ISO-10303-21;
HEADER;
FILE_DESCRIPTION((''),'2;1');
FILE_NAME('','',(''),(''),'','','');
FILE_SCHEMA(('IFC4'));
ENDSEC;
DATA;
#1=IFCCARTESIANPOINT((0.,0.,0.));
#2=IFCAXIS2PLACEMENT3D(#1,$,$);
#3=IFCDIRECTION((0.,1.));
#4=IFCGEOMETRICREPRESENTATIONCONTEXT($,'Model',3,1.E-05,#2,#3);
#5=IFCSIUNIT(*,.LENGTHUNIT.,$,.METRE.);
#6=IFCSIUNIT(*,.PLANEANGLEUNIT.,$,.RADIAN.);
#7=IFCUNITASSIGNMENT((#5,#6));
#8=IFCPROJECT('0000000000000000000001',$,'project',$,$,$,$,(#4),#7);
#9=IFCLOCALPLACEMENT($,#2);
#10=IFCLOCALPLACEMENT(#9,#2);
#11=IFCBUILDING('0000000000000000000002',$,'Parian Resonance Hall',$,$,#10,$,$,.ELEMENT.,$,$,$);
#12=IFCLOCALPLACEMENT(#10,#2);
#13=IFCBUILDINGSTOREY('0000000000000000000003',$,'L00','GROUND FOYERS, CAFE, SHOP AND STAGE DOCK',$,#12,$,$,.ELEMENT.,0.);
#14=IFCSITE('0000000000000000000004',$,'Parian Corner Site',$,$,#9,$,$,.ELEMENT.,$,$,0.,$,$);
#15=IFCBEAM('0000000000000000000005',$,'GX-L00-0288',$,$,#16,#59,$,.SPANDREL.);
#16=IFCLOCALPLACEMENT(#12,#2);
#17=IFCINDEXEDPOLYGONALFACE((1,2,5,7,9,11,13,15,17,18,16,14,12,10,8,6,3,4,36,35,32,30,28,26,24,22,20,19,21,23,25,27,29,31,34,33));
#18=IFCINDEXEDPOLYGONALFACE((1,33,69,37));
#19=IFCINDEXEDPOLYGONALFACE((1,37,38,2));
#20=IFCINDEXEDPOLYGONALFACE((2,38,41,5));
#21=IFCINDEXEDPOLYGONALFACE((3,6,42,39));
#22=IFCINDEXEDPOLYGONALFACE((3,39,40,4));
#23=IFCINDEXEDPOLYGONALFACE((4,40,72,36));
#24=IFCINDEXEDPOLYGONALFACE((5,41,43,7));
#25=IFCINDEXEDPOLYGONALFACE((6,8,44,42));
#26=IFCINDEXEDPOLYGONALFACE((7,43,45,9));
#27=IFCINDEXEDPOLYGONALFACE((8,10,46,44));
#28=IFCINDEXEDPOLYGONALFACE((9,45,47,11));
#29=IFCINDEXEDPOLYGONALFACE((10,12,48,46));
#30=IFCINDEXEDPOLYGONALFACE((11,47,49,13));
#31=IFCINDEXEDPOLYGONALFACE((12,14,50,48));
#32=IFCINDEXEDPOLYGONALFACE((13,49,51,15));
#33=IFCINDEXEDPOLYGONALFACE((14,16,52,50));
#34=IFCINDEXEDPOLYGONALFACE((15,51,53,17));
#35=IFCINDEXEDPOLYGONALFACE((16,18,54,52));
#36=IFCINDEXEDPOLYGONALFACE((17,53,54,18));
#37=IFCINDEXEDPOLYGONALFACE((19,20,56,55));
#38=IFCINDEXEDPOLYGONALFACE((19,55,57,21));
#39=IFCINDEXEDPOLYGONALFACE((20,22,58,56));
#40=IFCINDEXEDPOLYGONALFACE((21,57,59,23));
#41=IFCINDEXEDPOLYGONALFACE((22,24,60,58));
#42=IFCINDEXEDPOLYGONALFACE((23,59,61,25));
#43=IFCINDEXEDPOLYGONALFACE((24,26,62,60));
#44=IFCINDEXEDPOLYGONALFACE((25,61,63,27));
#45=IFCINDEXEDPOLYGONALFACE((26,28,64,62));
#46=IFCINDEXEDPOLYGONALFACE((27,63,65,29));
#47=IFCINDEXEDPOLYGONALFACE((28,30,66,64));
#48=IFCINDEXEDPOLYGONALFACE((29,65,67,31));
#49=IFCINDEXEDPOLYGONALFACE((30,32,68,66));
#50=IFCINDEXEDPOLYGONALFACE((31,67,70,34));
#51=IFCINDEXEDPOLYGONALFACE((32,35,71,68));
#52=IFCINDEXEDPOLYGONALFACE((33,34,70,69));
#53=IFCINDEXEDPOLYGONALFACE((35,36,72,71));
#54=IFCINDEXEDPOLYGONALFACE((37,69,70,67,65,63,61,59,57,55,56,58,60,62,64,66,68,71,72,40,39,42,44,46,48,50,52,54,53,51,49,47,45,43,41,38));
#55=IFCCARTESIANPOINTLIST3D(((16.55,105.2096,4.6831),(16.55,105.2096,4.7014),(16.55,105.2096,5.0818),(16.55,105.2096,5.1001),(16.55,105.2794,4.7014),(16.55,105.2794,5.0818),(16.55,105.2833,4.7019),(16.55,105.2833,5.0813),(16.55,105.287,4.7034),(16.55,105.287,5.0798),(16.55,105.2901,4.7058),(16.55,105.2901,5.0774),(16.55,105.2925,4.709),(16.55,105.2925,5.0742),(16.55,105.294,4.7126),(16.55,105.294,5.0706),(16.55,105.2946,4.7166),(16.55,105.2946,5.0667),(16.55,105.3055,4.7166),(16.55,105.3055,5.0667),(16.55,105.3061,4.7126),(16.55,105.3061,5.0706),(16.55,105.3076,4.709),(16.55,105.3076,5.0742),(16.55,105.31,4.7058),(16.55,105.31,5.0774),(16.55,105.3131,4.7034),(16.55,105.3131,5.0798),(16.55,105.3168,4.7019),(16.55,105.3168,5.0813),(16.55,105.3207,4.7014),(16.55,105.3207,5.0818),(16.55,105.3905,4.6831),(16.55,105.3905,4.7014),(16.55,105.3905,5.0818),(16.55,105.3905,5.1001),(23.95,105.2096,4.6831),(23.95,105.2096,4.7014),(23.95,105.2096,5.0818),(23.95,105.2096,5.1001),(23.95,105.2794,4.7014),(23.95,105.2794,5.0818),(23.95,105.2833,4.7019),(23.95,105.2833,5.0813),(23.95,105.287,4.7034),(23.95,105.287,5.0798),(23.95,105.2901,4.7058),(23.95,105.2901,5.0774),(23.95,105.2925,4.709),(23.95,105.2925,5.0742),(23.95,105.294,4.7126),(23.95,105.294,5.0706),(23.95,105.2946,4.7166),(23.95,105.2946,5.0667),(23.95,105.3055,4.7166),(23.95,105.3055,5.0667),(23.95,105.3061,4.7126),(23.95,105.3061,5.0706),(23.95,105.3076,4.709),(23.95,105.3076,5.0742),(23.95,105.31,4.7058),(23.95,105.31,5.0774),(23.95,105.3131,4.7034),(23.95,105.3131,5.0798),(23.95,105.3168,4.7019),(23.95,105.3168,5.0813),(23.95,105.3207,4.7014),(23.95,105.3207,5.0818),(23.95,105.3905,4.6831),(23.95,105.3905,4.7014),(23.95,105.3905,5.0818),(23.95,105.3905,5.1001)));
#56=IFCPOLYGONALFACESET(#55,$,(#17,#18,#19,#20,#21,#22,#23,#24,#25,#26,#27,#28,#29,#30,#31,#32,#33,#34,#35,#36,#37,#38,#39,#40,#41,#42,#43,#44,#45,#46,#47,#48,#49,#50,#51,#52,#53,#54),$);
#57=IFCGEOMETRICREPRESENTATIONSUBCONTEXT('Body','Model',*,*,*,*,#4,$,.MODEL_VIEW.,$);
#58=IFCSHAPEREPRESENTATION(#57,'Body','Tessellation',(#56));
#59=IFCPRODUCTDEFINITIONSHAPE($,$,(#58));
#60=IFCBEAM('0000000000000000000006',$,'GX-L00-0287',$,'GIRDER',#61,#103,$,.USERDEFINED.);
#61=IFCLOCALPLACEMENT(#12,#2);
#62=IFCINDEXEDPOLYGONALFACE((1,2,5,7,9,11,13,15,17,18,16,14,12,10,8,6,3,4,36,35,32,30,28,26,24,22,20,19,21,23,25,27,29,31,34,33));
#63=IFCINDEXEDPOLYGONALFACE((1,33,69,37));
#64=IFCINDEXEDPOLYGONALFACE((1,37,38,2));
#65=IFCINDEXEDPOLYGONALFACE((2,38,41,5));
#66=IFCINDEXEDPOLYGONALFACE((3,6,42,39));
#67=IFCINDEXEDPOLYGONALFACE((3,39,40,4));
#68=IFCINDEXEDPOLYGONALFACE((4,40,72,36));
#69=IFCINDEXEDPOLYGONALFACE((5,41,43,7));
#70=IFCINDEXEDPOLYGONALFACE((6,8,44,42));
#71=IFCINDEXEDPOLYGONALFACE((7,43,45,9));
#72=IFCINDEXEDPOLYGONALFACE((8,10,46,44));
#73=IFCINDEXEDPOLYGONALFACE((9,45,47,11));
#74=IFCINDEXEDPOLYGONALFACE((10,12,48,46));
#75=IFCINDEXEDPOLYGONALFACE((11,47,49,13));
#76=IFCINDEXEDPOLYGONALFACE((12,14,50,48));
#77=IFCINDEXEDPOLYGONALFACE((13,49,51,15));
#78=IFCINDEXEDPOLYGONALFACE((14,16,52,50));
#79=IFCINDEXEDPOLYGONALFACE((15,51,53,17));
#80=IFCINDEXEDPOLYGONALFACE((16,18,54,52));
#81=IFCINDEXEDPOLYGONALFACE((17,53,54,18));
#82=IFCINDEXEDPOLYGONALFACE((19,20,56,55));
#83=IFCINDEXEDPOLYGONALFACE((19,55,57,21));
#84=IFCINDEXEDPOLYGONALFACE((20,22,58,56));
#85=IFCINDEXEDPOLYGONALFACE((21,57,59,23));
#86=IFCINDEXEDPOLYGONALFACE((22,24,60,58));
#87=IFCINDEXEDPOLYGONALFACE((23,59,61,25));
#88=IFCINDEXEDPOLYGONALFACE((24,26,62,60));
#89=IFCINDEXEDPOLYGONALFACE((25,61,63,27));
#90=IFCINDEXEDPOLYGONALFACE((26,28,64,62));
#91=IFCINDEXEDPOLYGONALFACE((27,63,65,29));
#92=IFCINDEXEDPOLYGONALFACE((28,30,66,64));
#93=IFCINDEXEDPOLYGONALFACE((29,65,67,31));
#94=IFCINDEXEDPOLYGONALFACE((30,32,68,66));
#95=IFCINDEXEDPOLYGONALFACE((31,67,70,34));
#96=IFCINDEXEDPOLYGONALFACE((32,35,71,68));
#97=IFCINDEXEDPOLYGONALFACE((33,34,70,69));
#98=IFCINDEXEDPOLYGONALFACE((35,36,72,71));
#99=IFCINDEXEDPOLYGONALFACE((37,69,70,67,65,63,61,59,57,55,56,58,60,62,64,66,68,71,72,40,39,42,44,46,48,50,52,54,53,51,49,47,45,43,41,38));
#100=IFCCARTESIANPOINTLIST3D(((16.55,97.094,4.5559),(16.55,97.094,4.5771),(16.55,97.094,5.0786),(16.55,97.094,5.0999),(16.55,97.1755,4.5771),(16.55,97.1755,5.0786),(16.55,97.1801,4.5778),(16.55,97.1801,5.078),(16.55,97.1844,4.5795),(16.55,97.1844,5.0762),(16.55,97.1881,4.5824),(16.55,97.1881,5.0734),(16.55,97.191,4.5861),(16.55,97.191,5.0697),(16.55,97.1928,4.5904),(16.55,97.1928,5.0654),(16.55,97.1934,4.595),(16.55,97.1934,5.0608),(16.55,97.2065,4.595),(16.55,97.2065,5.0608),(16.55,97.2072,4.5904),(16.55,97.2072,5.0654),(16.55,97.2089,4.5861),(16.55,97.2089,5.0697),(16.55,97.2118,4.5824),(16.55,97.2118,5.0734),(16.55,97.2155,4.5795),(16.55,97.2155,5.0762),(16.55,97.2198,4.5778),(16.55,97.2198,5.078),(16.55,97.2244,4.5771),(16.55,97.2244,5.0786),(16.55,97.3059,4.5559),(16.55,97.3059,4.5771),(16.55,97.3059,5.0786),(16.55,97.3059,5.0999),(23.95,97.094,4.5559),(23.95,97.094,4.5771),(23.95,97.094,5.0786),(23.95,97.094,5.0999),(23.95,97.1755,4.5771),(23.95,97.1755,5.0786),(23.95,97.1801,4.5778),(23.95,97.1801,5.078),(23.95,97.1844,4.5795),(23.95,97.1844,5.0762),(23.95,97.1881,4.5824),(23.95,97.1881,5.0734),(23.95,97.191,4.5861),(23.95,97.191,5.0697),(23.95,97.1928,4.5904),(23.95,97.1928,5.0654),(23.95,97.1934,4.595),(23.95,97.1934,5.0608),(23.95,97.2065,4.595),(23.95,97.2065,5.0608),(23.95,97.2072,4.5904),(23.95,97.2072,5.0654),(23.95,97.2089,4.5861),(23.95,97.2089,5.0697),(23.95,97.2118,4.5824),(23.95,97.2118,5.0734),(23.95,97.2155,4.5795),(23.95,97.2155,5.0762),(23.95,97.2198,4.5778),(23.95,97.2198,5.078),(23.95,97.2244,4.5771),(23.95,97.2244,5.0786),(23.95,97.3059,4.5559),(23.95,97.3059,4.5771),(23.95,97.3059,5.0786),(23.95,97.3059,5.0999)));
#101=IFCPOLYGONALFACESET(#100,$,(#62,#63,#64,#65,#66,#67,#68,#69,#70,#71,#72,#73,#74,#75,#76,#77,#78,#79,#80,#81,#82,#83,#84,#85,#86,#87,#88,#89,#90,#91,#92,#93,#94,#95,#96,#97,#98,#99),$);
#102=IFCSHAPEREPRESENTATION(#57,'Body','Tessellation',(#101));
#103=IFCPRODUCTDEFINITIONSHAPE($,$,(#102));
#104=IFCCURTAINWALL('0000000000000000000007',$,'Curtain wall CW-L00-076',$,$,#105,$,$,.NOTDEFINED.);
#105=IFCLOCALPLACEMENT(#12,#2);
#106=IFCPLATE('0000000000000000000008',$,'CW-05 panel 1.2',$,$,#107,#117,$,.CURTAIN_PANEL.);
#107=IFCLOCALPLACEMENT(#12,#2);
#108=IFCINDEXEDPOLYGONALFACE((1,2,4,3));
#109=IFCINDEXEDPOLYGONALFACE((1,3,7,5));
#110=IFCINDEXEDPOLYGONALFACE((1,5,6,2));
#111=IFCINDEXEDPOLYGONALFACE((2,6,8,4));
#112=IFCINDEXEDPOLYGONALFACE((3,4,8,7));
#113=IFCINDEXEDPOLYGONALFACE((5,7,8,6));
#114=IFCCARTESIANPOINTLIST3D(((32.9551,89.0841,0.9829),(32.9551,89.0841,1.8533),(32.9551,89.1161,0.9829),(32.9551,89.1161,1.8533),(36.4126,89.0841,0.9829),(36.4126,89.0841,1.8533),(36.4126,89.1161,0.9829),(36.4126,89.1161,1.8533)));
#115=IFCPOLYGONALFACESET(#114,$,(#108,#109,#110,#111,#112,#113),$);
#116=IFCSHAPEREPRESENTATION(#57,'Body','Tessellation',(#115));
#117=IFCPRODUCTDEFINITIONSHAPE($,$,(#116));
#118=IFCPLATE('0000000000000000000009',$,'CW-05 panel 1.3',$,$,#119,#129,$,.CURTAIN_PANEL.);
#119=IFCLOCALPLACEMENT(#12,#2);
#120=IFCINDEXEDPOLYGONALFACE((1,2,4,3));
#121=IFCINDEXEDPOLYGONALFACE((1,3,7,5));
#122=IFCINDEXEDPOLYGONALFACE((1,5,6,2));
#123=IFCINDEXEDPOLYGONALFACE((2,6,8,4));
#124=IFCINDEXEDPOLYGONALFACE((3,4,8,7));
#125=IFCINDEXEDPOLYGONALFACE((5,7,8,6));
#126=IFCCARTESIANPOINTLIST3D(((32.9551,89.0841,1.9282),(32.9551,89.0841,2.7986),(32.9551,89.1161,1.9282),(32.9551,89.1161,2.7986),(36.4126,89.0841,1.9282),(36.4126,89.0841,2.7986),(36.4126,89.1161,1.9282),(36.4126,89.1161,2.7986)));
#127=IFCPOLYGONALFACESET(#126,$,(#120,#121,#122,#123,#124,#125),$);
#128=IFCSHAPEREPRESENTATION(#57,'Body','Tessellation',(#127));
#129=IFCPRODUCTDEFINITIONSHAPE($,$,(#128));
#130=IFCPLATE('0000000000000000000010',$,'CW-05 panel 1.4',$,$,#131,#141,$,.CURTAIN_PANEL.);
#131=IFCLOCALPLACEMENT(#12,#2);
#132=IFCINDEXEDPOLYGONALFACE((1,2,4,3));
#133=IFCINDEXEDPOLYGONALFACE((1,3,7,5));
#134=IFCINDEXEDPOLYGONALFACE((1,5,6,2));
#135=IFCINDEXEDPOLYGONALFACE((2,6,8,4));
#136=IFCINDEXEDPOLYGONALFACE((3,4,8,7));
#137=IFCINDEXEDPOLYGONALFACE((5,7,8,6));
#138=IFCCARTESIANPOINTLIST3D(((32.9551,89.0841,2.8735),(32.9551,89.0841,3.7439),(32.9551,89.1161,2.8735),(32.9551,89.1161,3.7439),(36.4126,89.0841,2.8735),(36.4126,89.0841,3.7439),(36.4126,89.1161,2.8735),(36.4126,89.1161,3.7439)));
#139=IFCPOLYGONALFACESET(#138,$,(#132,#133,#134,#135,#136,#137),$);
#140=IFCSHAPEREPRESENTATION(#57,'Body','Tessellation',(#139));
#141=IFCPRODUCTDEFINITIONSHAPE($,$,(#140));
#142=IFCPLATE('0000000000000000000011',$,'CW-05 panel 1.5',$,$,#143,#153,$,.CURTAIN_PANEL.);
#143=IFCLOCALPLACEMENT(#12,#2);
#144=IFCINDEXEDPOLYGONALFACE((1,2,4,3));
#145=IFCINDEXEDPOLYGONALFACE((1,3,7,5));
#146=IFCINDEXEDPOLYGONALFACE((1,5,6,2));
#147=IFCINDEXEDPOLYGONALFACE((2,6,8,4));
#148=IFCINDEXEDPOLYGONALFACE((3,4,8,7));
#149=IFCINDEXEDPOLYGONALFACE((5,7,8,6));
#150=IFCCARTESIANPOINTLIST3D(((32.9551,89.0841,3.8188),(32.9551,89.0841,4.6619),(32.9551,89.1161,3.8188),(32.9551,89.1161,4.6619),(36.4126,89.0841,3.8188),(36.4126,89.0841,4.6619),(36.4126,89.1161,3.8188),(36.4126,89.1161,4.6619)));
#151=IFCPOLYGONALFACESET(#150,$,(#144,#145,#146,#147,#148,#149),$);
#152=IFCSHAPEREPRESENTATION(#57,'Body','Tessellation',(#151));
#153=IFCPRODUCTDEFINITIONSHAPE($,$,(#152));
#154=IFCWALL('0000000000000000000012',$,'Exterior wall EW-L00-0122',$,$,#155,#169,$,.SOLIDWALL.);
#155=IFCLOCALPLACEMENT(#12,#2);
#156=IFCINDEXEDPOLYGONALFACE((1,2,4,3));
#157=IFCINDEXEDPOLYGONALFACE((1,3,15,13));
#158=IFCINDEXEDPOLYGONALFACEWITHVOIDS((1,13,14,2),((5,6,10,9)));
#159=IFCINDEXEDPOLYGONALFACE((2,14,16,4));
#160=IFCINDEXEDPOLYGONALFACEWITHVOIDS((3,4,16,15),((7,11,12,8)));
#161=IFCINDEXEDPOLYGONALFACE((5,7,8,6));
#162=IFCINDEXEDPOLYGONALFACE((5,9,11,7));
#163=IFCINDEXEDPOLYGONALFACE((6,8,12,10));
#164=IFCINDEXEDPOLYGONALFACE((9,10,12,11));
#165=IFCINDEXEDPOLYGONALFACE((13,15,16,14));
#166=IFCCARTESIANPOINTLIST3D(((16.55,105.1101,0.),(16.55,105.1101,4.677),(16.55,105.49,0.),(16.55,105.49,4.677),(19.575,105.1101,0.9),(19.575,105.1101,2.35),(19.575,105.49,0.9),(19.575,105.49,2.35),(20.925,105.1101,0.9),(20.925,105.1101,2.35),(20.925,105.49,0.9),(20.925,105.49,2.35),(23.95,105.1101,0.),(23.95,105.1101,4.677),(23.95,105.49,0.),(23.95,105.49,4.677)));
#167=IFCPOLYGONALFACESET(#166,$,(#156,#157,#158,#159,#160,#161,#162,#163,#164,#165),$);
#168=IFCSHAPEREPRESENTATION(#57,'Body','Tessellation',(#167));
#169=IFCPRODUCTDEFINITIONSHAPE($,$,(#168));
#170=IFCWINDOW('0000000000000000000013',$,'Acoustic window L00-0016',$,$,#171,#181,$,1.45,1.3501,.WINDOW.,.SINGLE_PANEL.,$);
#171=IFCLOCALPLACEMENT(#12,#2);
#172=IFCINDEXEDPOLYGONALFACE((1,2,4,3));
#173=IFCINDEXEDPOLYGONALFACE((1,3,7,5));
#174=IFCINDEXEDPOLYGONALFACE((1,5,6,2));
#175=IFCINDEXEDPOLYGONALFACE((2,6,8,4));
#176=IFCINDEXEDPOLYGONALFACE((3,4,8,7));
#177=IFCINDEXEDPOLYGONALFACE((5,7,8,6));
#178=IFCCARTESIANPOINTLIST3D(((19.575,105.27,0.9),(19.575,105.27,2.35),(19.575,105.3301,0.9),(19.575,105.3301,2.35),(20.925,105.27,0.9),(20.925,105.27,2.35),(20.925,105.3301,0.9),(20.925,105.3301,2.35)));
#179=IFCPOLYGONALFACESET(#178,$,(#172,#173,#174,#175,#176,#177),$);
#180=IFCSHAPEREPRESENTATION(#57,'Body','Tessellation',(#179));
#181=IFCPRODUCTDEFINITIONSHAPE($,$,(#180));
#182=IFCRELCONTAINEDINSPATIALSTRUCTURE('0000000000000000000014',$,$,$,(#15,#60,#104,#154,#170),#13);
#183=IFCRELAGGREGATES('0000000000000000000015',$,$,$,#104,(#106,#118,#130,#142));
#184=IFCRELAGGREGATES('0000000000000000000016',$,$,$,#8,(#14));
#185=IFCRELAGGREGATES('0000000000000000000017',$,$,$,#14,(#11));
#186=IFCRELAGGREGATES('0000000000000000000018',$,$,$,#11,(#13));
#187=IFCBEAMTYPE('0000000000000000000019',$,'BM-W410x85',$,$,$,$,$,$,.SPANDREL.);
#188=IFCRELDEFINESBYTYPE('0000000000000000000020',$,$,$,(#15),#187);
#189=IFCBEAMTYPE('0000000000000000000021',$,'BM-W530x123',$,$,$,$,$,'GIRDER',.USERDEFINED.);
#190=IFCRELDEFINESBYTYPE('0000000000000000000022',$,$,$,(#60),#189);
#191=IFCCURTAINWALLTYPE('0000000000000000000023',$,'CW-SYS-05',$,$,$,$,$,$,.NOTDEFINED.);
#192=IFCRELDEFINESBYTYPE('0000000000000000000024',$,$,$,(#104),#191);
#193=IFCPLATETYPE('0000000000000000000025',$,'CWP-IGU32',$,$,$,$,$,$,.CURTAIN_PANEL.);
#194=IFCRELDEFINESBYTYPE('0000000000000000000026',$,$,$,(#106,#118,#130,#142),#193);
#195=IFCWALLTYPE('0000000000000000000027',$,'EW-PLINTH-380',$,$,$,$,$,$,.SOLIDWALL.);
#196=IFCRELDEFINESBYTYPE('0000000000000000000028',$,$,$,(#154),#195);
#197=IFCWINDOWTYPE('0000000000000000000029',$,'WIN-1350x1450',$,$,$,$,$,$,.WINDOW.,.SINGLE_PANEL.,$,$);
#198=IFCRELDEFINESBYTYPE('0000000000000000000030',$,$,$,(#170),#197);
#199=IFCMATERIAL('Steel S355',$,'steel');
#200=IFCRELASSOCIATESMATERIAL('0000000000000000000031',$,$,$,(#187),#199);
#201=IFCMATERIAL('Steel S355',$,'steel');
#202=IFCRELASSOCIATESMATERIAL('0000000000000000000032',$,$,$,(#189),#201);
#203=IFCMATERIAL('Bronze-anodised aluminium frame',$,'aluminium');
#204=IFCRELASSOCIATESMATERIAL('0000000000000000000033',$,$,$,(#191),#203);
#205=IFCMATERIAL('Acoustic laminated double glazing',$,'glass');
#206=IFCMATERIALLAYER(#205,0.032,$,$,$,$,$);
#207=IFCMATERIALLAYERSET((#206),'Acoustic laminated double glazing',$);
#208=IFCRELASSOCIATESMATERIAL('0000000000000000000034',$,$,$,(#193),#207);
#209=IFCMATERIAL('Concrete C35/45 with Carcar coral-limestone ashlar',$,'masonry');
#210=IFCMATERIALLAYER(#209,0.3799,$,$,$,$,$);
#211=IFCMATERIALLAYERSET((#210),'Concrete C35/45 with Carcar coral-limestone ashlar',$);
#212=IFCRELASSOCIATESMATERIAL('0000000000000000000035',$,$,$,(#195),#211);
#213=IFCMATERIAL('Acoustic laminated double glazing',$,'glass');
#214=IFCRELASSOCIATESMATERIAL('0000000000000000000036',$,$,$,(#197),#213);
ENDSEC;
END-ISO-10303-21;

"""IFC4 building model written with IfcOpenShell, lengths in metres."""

from ifc_helpers import new_model, si_unit, direction, frame, frame_2d, origin, origin_2d, place, context, subcontext, project, spatial, rectangle, i_section, extrude, material, layer, layer_set, material_profile, profile_set, type_object, element, fill, aggregate, save


model = new_model("IFC4")

# Units and contexts
model_context = context("Model", 3, precision=1e-05, world=origin(), true_north=direction((0.0, 1.0)))
body_context = subcontext(model_context, "Body", "Model", "MODEL_VIEW")
ifc_project = project(units=[si_unit("LENGTHUNIT", "METRE"), si_unit("PLANEANGLEUNIT", "RADIAN")], contexts=[model_context])

# Site, building, storey
site_placement = place(None, origin())
site = spatial("IfcSite", under=ifc_project, at=site_placement, Name="Parian Corner Site", CompositionType="ELEMENT", RefElevation=0.0)
building_placement = place(site_placement, origin())
building = spatial("IfcBuilding", under=site, at=building_placement, Name="Parian Resonance Hall", CompositionType="ELEMENT")
storey_placement = place(building_placement, origin())
storey = spatial("IfcBuildingStorey", under=building, at=storey_placement, Name="L00", Description="GROUND FOYERS, CAFE, SHOP AND STAGE DOCK", CompositionType="ELEMENT", Elevation=0.0)

# Beams
ifc_material_1 = material(Name="Steel S355", Category="steel")
ifc_material_profile_1 = material_profile(ifc_material_1, i_section(OverallWidth=0.1809, OverallDepth=0.417, WebThickness=0.011, FlangeThickness=0.0183, FilletRadius=0.0151, at=origin_2d()), Name="W410x85")
ifc_profile_set_1 = profile_set([ifc_material_profile_1], Name="Steel S355")
beam_type_1 = type_object("IfcBeamType", Name="BM-W410x85", PredefinedType="SPANDREL", material=ifc_profile_set_1)
beam_1_placement = place(storey_placement, frame((16.55, 105.3, 4.8916), z_axis=(1.0, 0.0, 0.0), x_axis=(0.0, 1.0, 0.0)))
element("IfcBeam", 1, at=beam_1_placement, inside=storey, type_object=beam_type_1, Name="GX-L00-0288", PredefinedType="SPANDREL", context=body_context, shape_type="SweptSolid", body=[
    extrude(i_section(OverallWidth=0.1809, OverallDepth=0.417, WebThickness=0.011, FlangeThickness=0.0183, FilletRadius=0.0151, at=origin_2d()), origin(), (0.0, 0.0, 1.0), 7.3999),
])
ifc_material_2 = material(Name="Steel S355", Category="steel")
ifc_material_profile_2 = material_profile(ifc_material_2, i_section(OverallWidth=0.2119, OverallDepth=0.5439, WebThickness=0.0132, FlangeThickness=0.0212, FilletRadius=0.0178, at=origin_2d()), Name="W530x123")
ifc_profile_set_2 = profile_set([ifc_material_profile_2], Name="Steel S355")
beam_type_2 = type_object("IfcBeamType", Name="BM-W530x123", ElementType="GIRDER", PredefinedType="USERDEFINED", material=ifc_profile_set_2)
beam_2_placement = place(storey_placement, frame((16.55, 97.2, 4.8279), z_axis=(1.0, 0.0, 0.0), x_axis=(0.0, 1.0, 0.0)))
element("IfcBeam", 2, at=beam_2_placement, inside=storey, type_object=beam_type_2, Name="GX-L00-0287", ObjectType="GIRDER", PredefinedType="USERDEFINED", context=body_context, shape_type="SweptSolid", body=[
    extrude(i_section(OverallWidth=0.2119, OverallDepth=0.5439, WebThickness=0.0132, FlangeThickness=0.0212, FilletRadius=0.0178, at=origin_2d()), origin(), (0.0, 0.0, 1.0), 7.3999),
])

# Curtain wall, plates
ifc_material_3 = material(Name="Bronze-anodised aluminium frame", Category="aluminium")
curtain_wall_type = type_object("IfcCurtainWallType", Name="CW-SYS-05", PredefinedType="NOTDEFINED", material=ifc_material_3)
curtain_wall_placement = place(storey_placement, origin())
curtain_wall = element("IfcCurtainWall", 3, at=curtain_wall_placement, inside=storey, type_object=curtain_wall_type, Name="Curtain wall CW-L00-076", PredefinedType="NOTDEFINED")
ifc_material_4 = material(Name="Acoustic laminated double glazing", Category="glass")
ifc_layer_1 = layer(ifc_material_4, 0.032)
ifc_layer_set_1 = layer_set([ifc_layer_1], Name="Acoustic laminated double glazing")
plate_type = type_object("IfcPlateType", Name="CWP-IGU32", PredefinedType="CURTAIN_PANEL", material=ifc_layer_set_1)
plate_1_placement = place(storey_placement, frame((34.6838, 89.1001, 0.9829), z_axis=(0.0, 0.0, 1.0), x_axis=(1.0, 0.0, 0.0)))
plate_1 = element("IfcPlate", 4, at=plate_1_placement, type_object=plate_type, Name="CW-05 panel 1.2", PredefinedType="CURTAIN_PANEL", context=body_context, shape_type="SweptSolid", body=[
    extrude(rectangle(XDim=3.4575, YDim=0.032, at=origin_2d()), origin(), (0.0, 0.0, 1.0), 0.8704),
])
plate_2_placement = place(storey_placement, frame((34.6838, 89.1001, 1.9282), z_axis=(0.0, 0.0, 1.0), x_axis=(1.0, 0.0, 0.0)))
plate_2 = element("IfcPlate", 5, at=plate_2_placement, type_object=plate_type, Name="CW-05 panel 1.3", PredefinedType="CURTAIN_PANEL", context=body_context, shape_type="SweptSolid", body=[
    extrude(rectangle(XDim=3.4575, YDim=0.032, at=origin_2d()), origin(), (0.0, 0.0, 1.0), 0.8704),
])
plate_3_placement = place(storey_placement, frame((34.6838, 89.1001, 2.8735), z_axis=(0.0, 0.0, 1.0), x_axis=(1.0, 0.0, 0.0)))
plate_3 = element("IfcPlate", 6, at=plate_3_placement, type_object=plate_type, Name="CW-05 panel 1.4", PredefinedType="CURTAIN_PANEL", context=body_context, shape_type="SweptSolid", body=[
    extrude(rectangle(XDim=3.4575, YDim=0.032, at=origin_2d()), origin(), (0.0, 0.0, 1.0), 0.8704),
])
plate_4_placement = place(storey_placement, frame((34.6838, 89.1001, 3.8188), z_axis=(0.0, 0.0, 1.0), x_axis=(1.0, 0.0, 0.0)))
plate_4 = element("IfcPlate", 7, at=plate_4_placement, type_object=plate_type, Name="CW-05 panel 1.5", PredefinedType="CURTAIN_PANEL", context=body_context, shape_type="SweptSolid", body=[
    extrude(rectangle(XDim=3.4575, YDim=0.032, at=origin_2d()), origin(), (0.0, 0.0, 1.0), 0.843),
])
aggregate(curtain_wall, [plate_1, plate_2, plate_3, plate_4])

# Wall, opening, window
ifc_material_5 = material(Name="Concrete C35/45 with Carcar coral-limestone ashlar", Category="masonry")
ifc_layer_2 = layer(ifc_material_5, 0.3799)
ifc_layer_set_2 = layer_set([ifc_layer_2], Name="Concrete C35/45 with Carcar coral-limestone ashlar")
wall_type_1 = type_object("IfcWallType", Name="EW-PLINTH-380", PredefinedType="SOLIDWALL", material=ifc_layer_set_2)
wall_1_placement = place(storey_placement, frame((16.55, 105.3, 0.0), z_axis=(0.0, 0.0, 1.0), x_axis=(1.0, 0.0, 0.0)))
wall_1 = element("IfcWall", 8, at=wall_1_placement, inside=storey, type_object=wall_type_1, Name="Exterior wall EW-L00-0122", PredefinedType="SOLIDWALL", context=body_context, shape_type="SweptSolid", body=[
    extrude(rectangle(XDim=7.3999, YDim=0.3799, at=frame_2d((3.7, 0.0))), origin(), (0.0, 0.0, 1.0), 4.677),
])
opening_1_placement = place(wall_1_placement, frame((3.0249, 0.0, 0.8999)))
opening_1 = element("IfcOpeningElement", 9, at=opening_1_placement, cuts=wall_1, PredefinedType="OPENING", context=body_context, shape_type="SweptSolid", body=[
    extrude(rectangle(XDim=1.3501, YDim=1.45, at=frame_2d((0.675, 0.7251))), frame((0.0, 0.2, 0.0), z_axis=(0.0, -1.0, 0.0), x_axis=(1.0, 0.0, 0.0)), (0.0, 0.0, 1.0), 0.3999),
])
ifc_material_6 = material(Name="Acoustic laminated double glazing", Category="glass")
window_type_1 = type_object("IfcWindowType", Name="WIN-1350x1450", PartitioningType="SINGLE_PANEL", PredefinedType="WINDOW", material=ifc_material_6)
window_1_placement = place(opening_1_placement, origin())
window_1 = element("IfcWindow", 10, at=window_1_placement, inside=storey, type_object=window_type_1, Name="Acoustic window L00-0016", OverallHeight=1.45, OverallWidth=1.3501, PartitioningType="SINGLE_PANEL", PredefinedType="WINDOW", context=body_context, shape_type="SweptSolid", body=[
    extrude(rectangle(XDim=1.3501, YDim=1.45, at=frame_2d((0.675, 0.7251))), frame((0.0, 0.03, 0.0), z_axis=(0.0, -1.0, 0.0), x_axis=(1.0, 0.0, 0.0)), (0.0, 0.0, 1.0), 0.0601),
])
fill(opening_1, window_1)

save(model, "model.ifc")
